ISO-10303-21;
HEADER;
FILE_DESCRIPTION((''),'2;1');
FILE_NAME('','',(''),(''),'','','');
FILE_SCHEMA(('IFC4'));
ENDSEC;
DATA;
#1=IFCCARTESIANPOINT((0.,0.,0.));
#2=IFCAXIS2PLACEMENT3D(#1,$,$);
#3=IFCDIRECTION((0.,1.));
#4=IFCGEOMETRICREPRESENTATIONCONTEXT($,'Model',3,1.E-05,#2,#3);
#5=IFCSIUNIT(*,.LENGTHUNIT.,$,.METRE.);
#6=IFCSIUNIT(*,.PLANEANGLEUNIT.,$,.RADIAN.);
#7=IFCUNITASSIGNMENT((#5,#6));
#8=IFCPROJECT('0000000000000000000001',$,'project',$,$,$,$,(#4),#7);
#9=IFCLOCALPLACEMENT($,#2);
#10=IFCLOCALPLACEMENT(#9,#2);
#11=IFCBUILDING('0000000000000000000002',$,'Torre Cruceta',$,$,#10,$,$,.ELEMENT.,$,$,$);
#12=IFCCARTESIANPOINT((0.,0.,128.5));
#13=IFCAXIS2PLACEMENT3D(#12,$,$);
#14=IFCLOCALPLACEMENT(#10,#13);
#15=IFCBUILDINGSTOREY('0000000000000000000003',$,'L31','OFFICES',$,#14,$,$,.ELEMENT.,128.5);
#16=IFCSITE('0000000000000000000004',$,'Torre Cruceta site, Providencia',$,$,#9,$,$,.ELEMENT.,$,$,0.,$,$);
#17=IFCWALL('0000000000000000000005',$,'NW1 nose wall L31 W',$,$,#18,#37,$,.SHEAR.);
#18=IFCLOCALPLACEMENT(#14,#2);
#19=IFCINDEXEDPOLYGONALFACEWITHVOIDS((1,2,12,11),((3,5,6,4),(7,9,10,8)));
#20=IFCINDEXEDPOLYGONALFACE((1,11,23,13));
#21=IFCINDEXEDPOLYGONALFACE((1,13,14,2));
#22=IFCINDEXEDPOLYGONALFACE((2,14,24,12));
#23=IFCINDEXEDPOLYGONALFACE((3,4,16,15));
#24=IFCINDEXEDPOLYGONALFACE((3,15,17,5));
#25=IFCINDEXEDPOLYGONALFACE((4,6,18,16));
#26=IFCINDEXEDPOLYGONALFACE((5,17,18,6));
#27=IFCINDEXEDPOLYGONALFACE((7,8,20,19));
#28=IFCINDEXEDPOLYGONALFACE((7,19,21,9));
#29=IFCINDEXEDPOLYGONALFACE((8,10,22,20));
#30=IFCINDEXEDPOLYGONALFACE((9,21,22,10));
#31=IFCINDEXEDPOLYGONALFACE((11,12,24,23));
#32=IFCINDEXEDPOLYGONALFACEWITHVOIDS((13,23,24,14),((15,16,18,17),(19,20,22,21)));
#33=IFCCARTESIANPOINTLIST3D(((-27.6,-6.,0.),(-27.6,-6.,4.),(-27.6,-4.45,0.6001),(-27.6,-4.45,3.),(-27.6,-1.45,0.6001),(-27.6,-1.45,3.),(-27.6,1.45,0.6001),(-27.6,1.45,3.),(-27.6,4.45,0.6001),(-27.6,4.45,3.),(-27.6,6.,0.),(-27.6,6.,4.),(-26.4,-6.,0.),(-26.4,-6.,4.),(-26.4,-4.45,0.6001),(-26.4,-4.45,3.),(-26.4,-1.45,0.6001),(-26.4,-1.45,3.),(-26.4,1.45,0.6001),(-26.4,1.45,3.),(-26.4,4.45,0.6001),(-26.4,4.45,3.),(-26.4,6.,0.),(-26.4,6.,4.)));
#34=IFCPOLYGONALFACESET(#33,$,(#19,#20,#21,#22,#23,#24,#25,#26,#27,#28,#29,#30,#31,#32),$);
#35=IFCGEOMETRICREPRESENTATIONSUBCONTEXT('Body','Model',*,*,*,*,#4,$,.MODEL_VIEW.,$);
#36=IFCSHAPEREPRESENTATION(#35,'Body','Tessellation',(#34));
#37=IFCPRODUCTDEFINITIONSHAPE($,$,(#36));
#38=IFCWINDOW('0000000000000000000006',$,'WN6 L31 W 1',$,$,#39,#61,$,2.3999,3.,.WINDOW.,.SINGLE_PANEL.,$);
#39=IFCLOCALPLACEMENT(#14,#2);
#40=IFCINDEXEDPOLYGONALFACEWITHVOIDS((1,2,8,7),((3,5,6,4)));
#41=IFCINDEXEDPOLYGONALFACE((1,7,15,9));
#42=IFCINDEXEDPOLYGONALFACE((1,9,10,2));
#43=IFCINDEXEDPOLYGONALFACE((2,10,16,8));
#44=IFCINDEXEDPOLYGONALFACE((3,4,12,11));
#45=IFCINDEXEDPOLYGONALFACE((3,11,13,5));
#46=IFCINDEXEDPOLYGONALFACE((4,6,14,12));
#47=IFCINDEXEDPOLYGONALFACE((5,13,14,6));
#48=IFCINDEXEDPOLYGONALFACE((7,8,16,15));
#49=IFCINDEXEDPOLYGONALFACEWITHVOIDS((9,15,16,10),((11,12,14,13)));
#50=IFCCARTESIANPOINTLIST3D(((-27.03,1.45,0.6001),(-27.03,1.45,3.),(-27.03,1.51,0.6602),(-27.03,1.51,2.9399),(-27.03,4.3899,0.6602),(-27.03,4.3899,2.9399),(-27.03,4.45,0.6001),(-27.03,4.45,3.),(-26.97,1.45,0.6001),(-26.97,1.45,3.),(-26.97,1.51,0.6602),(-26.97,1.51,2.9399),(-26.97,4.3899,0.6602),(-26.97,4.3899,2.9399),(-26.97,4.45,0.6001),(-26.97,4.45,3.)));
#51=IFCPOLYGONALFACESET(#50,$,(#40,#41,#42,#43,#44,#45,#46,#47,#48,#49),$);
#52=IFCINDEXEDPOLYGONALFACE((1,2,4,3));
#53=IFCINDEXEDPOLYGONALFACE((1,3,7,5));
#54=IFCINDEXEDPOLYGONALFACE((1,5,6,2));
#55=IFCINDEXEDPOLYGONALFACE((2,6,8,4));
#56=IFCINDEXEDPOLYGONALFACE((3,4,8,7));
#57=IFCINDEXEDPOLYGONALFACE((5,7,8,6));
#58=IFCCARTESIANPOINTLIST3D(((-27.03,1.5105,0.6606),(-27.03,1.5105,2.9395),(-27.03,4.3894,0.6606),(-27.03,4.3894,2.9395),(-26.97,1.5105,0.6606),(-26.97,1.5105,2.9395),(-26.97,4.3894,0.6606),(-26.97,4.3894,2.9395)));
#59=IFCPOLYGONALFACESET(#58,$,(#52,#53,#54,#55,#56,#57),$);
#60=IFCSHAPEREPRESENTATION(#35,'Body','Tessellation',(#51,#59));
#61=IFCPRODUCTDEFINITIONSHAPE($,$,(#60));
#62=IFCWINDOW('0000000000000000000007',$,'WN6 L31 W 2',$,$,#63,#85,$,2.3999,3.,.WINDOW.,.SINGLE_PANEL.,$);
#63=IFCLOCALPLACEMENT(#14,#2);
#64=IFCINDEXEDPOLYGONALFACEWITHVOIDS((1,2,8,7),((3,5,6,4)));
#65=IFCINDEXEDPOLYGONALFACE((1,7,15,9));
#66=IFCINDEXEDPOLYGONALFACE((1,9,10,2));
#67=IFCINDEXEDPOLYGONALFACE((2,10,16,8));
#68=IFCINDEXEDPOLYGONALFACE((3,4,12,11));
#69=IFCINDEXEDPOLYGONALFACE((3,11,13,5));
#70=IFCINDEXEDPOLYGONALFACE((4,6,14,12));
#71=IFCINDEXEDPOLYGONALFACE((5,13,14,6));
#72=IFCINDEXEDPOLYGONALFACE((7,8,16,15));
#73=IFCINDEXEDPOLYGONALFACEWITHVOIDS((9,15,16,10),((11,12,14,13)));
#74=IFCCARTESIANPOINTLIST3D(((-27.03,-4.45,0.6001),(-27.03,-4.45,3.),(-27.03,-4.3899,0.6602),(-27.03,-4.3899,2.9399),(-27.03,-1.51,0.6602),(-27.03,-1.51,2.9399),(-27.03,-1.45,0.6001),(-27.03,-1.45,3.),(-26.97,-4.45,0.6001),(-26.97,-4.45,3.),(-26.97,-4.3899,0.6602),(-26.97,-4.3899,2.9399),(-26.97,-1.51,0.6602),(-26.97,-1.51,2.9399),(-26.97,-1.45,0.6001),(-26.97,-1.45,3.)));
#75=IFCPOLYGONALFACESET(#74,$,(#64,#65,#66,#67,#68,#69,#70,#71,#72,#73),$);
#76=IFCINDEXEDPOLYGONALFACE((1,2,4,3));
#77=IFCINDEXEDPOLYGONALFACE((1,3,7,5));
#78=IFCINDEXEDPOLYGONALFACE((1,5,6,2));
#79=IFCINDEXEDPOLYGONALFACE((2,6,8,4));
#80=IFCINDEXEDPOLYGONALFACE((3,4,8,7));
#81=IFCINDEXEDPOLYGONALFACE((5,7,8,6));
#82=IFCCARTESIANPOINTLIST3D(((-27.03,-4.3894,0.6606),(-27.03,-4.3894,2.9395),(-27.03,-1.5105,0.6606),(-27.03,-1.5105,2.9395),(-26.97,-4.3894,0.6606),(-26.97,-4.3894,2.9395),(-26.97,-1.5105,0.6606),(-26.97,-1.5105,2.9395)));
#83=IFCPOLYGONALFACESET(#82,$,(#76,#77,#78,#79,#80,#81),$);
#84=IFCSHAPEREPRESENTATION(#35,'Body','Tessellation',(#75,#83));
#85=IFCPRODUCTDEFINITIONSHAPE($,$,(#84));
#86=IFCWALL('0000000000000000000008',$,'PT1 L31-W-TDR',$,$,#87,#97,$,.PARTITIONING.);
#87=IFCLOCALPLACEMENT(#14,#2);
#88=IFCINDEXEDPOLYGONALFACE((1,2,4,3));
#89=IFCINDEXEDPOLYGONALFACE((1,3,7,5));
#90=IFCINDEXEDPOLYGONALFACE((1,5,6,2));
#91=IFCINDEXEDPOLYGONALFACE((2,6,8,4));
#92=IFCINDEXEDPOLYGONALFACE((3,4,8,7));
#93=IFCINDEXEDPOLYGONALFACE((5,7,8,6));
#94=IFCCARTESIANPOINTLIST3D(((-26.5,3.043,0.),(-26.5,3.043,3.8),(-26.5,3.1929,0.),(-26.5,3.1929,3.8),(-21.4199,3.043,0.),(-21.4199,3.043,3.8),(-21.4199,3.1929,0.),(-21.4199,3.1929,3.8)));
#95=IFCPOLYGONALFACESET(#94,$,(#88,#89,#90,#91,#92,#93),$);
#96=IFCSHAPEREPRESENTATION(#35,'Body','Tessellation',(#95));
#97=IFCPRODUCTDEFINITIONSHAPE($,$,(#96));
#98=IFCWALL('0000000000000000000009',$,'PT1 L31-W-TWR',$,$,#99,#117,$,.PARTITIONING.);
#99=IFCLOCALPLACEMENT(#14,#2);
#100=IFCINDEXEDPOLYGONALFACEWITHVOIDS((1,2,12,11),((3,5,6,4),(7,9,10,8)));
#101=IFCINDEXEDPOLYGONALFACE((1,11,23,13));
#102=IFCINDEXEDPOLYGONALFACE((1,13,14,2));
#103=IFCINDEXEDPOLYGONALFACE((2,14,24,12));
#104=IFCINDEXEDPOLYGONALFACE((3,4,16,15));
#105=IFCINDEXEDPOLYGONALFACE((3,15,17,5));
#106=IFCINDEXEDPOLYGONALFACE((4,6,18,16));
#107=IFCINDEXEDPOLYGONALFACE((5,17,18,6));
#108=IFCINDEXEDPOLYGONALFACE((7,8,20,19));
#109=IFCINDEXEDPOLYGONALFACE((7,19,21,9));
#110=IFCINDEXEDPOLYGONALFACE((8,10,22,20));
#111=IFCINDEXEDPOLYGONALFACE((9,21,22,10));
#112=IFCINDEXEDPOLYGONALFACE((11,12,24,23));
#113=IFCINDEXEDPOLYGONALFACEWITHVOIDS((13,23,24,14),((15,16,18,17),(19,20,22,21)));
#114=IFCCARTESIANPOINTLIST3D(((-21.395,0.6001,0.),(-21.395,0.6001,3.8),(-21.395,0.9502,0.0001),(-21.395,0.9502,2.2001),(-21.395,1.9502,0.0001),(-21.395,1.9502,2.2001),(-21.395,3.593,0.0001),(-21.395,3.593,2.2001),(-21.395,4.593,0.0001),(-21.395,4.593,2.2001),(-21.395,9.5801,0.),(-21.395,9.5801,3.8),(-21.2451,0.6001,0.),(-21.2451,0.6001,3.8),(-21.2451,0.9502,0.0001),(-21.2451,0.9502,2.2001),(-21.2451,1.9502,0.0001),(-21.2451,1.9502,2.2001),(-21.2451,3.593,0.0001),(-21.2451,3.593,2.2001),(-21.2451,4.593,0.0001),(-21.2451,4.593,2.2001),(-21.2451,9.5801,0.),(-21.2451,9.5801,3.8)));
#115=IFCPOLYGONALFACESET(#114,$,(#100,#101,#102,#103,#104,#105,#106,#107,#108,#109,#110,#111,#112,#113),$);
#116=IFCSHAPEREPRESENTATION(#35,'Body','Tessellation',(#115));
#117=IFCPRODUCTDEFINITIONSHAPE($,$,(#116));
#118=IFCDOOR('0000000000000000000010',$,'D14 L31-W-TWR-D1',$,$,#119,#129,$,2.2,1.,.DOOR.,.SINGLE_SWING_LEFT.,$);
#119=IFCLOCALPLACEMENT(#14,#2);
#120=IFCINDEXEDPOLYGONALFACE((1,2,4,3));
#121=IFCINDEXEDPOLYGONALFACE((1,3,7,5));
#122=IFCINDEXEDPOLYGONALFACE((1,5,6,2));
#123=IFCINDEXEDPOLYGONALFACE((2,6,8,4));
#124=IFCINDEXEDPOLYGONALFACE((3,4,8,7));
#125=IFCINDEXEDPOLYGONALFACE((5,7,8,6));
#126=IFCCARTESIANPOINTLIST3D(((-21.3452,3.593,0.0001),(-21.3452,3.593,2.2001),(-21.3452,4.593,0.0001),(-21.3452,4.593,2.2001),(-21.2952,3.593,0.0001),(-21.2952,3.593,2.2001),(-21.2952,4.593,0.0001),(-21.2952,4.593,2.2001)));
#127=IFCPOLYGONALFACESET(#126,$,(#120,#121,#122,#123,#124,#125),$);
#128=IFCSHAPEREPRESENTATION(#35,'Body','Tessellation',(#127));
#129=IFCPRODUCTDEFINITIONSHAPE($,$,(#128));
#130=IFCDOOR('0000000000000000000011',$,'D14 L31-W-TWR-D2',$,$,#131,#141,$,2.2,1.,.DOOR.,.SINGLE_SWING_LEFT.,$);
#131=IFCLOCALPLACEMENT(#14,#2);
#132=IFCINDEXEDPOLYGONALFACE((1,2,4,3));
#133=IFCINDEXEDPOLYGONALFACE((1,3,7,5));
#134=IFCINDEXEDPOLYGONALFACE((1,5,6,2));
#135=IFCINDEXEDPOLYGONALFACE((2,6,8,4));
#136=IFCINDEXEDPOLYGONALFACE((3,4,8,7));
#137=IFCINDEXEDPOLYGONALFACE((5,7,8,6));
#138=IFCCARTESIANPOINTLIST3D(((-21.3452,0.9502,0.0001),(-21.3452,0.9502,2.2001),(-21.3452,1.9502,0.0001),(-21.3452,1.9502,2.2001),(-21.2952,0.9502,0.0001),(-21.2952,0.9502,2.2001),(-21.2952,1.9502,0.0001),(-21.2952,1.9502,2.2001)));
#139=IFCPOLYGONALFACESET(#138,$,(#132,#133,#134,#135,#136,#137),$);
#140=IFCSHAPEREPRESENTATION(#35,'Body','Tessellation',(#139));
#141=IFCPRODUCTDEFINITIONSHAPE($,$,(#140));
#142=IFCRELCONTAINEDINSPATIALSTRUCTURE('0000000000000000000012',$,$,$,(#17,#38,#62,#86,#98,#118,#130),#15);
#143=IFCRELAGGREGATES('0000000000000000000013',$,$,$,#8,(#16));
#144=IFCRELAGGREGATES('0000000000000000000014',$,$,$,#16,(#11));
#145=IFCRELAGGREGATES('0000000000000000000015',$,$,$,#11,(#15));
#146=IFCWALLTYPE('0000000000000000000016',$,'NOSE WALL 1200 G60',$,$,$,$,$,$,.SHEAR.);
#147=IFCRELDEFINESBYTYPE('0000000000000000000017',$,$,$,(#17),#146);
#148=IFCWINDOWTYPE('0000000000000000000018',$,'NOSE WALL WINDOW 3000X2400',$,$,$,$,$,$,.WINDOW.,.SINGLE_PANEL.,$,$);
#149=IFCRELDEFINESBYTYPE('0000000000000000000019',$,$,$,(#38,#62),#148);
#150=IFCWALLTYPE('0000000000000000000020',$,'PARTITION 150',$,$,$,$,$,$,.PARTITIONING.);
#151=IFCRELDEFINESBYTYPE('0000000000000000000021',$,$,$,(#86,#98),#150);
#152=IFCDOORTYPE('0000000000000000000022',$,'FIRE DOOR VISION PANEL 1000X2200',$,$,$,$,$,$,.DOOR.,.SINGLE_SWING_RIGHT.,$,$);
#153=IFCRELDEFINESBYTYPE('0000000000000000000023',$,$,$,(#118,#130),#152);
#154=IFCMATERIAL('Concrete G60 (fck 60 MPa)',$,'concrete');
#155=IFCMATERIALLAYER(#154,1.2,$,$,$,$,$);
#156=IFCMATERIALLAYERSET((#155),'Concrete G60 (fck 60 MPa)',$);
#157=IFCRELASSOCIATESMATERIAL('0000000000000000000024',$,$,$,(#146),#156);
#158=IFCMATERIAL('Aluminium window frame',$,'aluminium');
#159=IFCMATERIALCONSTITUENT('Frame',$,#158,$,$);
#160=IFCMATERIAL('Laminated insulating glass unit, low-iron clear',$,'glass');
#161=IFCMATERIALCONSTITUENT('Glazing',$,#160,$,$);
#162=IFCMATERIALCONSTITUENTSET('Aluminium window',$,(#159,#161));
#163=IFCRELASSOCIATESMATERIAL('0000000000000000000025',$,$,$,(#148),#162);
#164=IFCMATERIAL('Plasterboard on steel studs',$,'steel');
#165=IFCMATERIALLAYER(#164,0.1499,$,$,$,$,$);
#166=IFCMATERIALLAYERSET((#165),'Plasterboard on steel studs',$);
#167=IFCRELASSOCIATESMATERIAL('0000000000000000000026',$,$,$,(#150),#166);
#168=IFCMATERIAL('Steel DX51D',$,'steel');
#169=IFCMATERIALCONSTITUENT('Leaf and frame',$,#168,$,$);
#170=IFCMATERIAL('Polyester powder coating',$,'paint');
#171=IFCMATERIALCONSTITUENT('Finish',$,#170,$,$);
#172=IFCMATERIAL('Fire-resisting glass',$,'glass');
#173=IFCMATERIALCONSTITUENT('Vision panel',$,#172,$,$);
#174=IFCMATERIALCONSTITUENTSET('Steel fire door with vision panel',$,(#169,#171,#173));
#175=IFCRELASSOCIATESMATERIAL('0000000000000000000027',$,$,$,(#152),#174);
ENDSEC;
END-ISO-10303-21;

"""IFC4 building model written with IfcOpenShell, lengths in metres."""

from ifc_helpers import new_model, si_unit, direction, frame, frame_2d, origin, place, context, subcontext, project, spatial, rectangle, hollow_rectangle, extrude, material, layer, layer_set, constituent, constituent_set, type_object, element, fill, save


model = new_model("IFC4")

# Units and contexts
model_context = context("Model", 3, precision=1e-05, world=origin(), true_north=direction((0.0, 1.0)))
body_context = subcontext(model_context, "Body", "Model", "MODEL_VIEW")
ifc_project = project(units=[si_unit("LENGTHUNIT", "METRE"), si_unit("PLANEANGLEUNIT", "RADIAN")], contexts=[model_context])

# Site, building, storey
site_placement = place(None, origin())
site = spatial("IfcSite", under=ifc_project, at=site_placement, Name="Torre Cruceta site, Providencia", CompositionType="ELEMENT", RefElevation=0.0)
building_placement = place(site_placement, origin())
building = spatial("IfcBuilding", under=site, at=building_placement, Name="Torre Cruceta", CompositionType="ELEMENT")
storey_placement = place(building_placement, frame((0.0, 0.0, 128.5)))
storey = spatial("IfcBuildingStorey", under=building, at=storey_placement, Name="L31", Description="OFFICES", CompositionType="ELEMENT", Elevation=128.5)

# Wall, openings, windows
ifc_material_1 = material(Name="Concrete G60 (fck 60 MPa)", Category="concrete")
ifc_layer_1 = layer(ifc_material_1, 1.2)
ifc_layer_set_1 = layer_set([ifc_layer_1], Name="Concrete G60 (fck 60 MPa)")
wall_type_1 = type_object("IfcWallType", Name="NOSE WALL 1200 G60", PredefinedType="SHEAR", material=ifc_layer_set_1)
wall_1_placement = place(storey_placement, frame((-27.0, 6.0, 0.0), z_axis=(0.0, 0.0, 1.0), x_axis=(0.0, -1.0, 0.0)))
wall_1 = element("IfcWall", 1, at=wall_1_placement, inside=storey, type_object=wall_type_1, Name="NW1 nose wall L31 W", PredefinedType="SHEAR", context=body_context, shape_type="SweptSolid", body=[
    extrude(rectangle(XDim=12.0, YDim=1.2, at=frame_2d((6.0, 0.0))), origin(), (0.0, 0.0, 1.0), 4.0),
])
opening_1_placement = place(wall_1_placement, frame((1.55, 0.0, 0.6001)))
opening_1 = element("IfcOpeningElement", 2, at=opening_1_placement, cuts=wall_1, PredefinedType="OPENING", context=body_context, shape_type="SweptSolid", body=[
    extrude(rectangle(XDim=3.0, YDim=2.3999, at=frame_2d((1.5, 1.2))), frame((0.0, 0.6099, 0.0), z_axis=(0.0, -1.0, 0.0), x_axis=(1.0, 0.0, 0.0)), (0.0, 0.0, 1.0), 1.22),
])
opening_2_placement = place(wall_1_placement, frame((7.45, 0.0, 0.6001)))
opening_2 = element("IfcOpeningElement", 3, at=opening_2_placement, cuts=wall_1, PredefinedType="OPENING", context=body_context, shape_type="SweptSolid", body=[
    extrude(rectangle(XDim=3.0, YDim=2.3999, at=frame_2d((1.5, 1.2))), frame((0.0, 0.6099, 0.0), z_axis=(0.0, -1.0, 0.0), x_axis=(1.0, 0.0, 0.0)), (0.0, 0.0, 1.0), 1.22),
])
ifc_material_2 = material(Name="Aluminium window frame", Category="aluminium")
ifc_constituent_1 = constituent(ifc_material_2, Name="Frame")
ifc_material_3 = material(Name="Laminated insulating glass unit, low-iron clear", Category="glass")
ifc_constituent_2 = constituent(ifc_material_3, Name="Glazing")
ifc_constituent_set_1 = constituent_set(constituents=[ifc_constituent_1, ifc_constituent_2], Name="Aluminium window")
window_type_1 = type_object("IfcWindowType", Name="NOSE WALL WINDOW 3000X2400", PartitioningType="SINGLE_PANEL", PredefinedType="WINDOW", material=ifc_constituent_set_1)
window_1_placement = place(opening_1_placement, origin())
window_1 = element("IfcWindow", 4, at=window_1_placement, inside=storey, type_object=window_type_1, Name="WN6 L31 W 1", OverallHeight=2.3999, OverallWidth=3.0, PartitioningType="SINGLE_PANEL", PredefinedType="WINDOW", context=body_context, shape_type="SweptSolid", body=[
    extrude(hollow_rectangle(XDim=3.0, YDim=2.3999, WallThickness=0.0601, at=frame_2d((1.5, 1.2))), frame((0.0, 0.03, 0.0), z_axis=(0.0, -1.0, 0.0), x_axis=(1.0, 0.0, 0.0)), (0.0, 0.0, 1.0), 0.0601),
    extrude(rectangle(XDim=2.8789, YDim=2.2788, at=frame_2d((1.5, 1.2))), frame((0.0, 0.03, 0.0), z_axis=(0.0, -1.0, 0.0), x_axis=(1.0, 0.0, 0.0)), (0.0, 0.0, 1.0), 0.0601),
])
fill(opening_1, window_1)
window_2_placement = place(opening_2_placement, origin())
window_2 = element("IfcWindow", 5, at=window_2_placement, inside=storey, type_object=window_type_1, Name="WN6 L31 W 2", OverallHeight=2.3999, OverallWidth=3.0, PartitioningType="SINGLE_PANEL", PredefinedType="WINDOW", context=body_context, shape_type="SweptSolid", body=[
    extrude(hollow_rectangle(XDim=3.0, YDim=2.3999, WallThickness=0.0601, at=frame_2d((1.5, 1.2))), frame((0.0, 0.03, 0.0), z_axis=(0.0, -1.0, 0.0), x_axis=(1.0, 0.0, 0.0)), (0.0, 0.0, 1.0), 0.0601),
    extrude(rectangle(XDim=2.8789, YDim=2.2788, at=frame_2d((1.5, 1.2))), frame((0.0, 0.03, 0.0), z_axis=(0.0, -1.0, 0.0), x_axis=(1.0, 0.0, 0.0)), (0.0, 0.0, 1.0), 0.0601),
])
fill(opening_2, window_2)

# Wall
ifc_material_4 = material(Name="Plasterboard on steel studs", Category="steel")
ifc_layer_2 = layer(ifc_material_4, 0.1499)
ifc_layer_set_2 = layer_set([ifc_layer_2], Name="Plasterboard on steel studs")
wall_type_2 = type_object("IfcWallType", Name="PARTITION 150", PredefinedType="PARTITIONING", material=ifc_layer_set_2)
wall_2_placement = place(storey_placement, frame((-21.4199, 3.1179, 0.0), z_axis=(0.0, 0.0, 1.0), x_axis=(-1.0, 0.0, 0.0)))
element("IfcWall", 6, at=wall_2_placement, inside=storey, type_object=wall_type_2, Name="PT1 L31-W-TDR", PredefinedType="PARTITIONING", context=body_context, shape_type="SweptSolid", body=[
    extrude(rectangle(XDim=5.0801, YDim=0.1499, at=frame_2d((2.54, 0.0))), origin(), (0.0, 0.0, 1.0), 3.8),
])

# Wall, openings, doors
wall_3_placement = place(storey_placement, frame((-21.3201, 9.5801, 0.0), z_axis=(0.0, 0.0, 1.0), x_axis=(0.0, -1.0, 0.0)))
wall_3 = element("IfcWall", 7, at=wall_3_placement, inside=storey, type_object=wall_type_2, Name="PT1 L31-W-TWR", PredefinedType="PARTITIONING", context=body_context, shape_type="SweptSolid", body=[
    extrude(rectangle(XDim=8.98, YDim=0.1499, at=frame_2d((4.49, 0.0))), origin(), (0.0, 0.0, 1.0), 3.8),
])
opening_3_placement = place(wall_3_placement, frame((4.9871, 0.0, 0.0)))
opening_3 = element("IfcOpeningElement", 8, at=opening_3_placement, cuts=wall_3, PredefinedType="OPENING", context=body_context, shape_type="SweptSolid", body=[
    extrude(rectangle(XDim=1.0, YDim=2.2, at=frame_2d((0.5, 1.1001))), frame((0.0, 0.085, 0.0), z_axis=(0.0, -1.0, 0.0), x_axis=(1.0, 0.0, 0.0)), (0.0, 0.0, 1.0), 0.1699),
])
opening_4_placement = place(wall_3_placement, frame((7.6299, 0.0, 0.0)))
opening_4 = element("IfcOpeningElement", 9, at=opening_4_placement, cuts=wall_3, PredefinedType="OPENING", context=body_context, shape_type="SweptSolid", body=[
    extrude(rectangle(XDim=1.0, YDim=2.2, at=frame_2d((0.5, 1.1001))), frame((0.0, 0.085, 0.0), z_axis=(0.0, -1.0, 0.0), x_axis=(1.0, 0.0, 0.0)), (0.0, 0.0, 1.0), 0.1699),
])
ifc_material_5 = material(Name="Steel DX51D", Category="steel")
ifc_constituent_3 = constituent(ifc_material_5, Name="Leaf and frame")
ifc_material_6 = material(Name="Polyester powder coating", Category="paint")
ifc_constituent_4 = constituent(ifc_material_6, Name="Finish")
ifc_material_7 = material(Name="Fire-resisting glass", Category="glass")
ifc_constituent_5 = constituent(ifc_material_7, Name="Vision panel")
ifc_constituent_set_2 = constituent_set(constituents=[ifc_constituent_3, ifc_constituent_4, ifc_constituent_5], Name="Steel fire door with vision panel")
door_type = type_object("IfcDoorType", Name="FIRE DOOR VISION PANEL 1000X2200", OperationType="SINGLE_SWING_RIGHT", PredefinedType="DOOR", material=ifc_constituent_set_2)
door_1_placement = place(opening_3_placement, frame((1.0, 0.0, 0.0), z_axis=(0.0, 0.0, 1.0), x_axis=(-1.0, 0.0, 0.0)))
door_1 = element("IfcDoor", 10, at=door_1_placement, inside=storey, type_object=door_type, Name="D14 L31-W-TWR-D1", OperationType="SINGLE_SWING_LEFT", OverallHeight=2.2, OverallWidth=1.0, PredefinedType="DOOR", context=body_context, shape_type="SweptSolid", body=[
    extrude(rectangle(XDim=1.0, YDim=2.2, at=frame_2d((0.5, 1.1001))), frame((0.0, 0.0251, 0.0), z_axis=(0.0, -1.0, 0.0), x_axis=(1.0, 0.0, 0.0)), (0.0, 0.0, 1.0), 0.05),
])
fill(opening_3, door_1)
door_2_placement = place(opening_4_placement, frame((1.0, 0.0, 0.0), z_axis=(0.0, 0.0, 1.0), x_axis=(-1.0, 0.0, 0.0)))
door_2 = element("IfcDoor", 11, at=door_2_placement, inside=storey, type_object=door_type, Name="D14 L31-W-TWR-D2", OperationType="SINGLE_SWING_LEFT", OverallHeight=2.2, OverallWidth=1.0, PredefinedType="DOOR", context=body_context, shape_type="SweptSolid", body=[
    extrude(rectangle(XDim=1.0, YDim=2.2, at=frame_2d((0.5, 1.1001))), frame((0.0, 0.0251, 0.0), z_axis=(0.0, -1.0, 0.0), x_axis=(1.0, 0.0, 0.0)), (0.0, 0.0, 1.0), 0.05),
])
fill(opening_4, door_2)

save(model, "model.ifc")
